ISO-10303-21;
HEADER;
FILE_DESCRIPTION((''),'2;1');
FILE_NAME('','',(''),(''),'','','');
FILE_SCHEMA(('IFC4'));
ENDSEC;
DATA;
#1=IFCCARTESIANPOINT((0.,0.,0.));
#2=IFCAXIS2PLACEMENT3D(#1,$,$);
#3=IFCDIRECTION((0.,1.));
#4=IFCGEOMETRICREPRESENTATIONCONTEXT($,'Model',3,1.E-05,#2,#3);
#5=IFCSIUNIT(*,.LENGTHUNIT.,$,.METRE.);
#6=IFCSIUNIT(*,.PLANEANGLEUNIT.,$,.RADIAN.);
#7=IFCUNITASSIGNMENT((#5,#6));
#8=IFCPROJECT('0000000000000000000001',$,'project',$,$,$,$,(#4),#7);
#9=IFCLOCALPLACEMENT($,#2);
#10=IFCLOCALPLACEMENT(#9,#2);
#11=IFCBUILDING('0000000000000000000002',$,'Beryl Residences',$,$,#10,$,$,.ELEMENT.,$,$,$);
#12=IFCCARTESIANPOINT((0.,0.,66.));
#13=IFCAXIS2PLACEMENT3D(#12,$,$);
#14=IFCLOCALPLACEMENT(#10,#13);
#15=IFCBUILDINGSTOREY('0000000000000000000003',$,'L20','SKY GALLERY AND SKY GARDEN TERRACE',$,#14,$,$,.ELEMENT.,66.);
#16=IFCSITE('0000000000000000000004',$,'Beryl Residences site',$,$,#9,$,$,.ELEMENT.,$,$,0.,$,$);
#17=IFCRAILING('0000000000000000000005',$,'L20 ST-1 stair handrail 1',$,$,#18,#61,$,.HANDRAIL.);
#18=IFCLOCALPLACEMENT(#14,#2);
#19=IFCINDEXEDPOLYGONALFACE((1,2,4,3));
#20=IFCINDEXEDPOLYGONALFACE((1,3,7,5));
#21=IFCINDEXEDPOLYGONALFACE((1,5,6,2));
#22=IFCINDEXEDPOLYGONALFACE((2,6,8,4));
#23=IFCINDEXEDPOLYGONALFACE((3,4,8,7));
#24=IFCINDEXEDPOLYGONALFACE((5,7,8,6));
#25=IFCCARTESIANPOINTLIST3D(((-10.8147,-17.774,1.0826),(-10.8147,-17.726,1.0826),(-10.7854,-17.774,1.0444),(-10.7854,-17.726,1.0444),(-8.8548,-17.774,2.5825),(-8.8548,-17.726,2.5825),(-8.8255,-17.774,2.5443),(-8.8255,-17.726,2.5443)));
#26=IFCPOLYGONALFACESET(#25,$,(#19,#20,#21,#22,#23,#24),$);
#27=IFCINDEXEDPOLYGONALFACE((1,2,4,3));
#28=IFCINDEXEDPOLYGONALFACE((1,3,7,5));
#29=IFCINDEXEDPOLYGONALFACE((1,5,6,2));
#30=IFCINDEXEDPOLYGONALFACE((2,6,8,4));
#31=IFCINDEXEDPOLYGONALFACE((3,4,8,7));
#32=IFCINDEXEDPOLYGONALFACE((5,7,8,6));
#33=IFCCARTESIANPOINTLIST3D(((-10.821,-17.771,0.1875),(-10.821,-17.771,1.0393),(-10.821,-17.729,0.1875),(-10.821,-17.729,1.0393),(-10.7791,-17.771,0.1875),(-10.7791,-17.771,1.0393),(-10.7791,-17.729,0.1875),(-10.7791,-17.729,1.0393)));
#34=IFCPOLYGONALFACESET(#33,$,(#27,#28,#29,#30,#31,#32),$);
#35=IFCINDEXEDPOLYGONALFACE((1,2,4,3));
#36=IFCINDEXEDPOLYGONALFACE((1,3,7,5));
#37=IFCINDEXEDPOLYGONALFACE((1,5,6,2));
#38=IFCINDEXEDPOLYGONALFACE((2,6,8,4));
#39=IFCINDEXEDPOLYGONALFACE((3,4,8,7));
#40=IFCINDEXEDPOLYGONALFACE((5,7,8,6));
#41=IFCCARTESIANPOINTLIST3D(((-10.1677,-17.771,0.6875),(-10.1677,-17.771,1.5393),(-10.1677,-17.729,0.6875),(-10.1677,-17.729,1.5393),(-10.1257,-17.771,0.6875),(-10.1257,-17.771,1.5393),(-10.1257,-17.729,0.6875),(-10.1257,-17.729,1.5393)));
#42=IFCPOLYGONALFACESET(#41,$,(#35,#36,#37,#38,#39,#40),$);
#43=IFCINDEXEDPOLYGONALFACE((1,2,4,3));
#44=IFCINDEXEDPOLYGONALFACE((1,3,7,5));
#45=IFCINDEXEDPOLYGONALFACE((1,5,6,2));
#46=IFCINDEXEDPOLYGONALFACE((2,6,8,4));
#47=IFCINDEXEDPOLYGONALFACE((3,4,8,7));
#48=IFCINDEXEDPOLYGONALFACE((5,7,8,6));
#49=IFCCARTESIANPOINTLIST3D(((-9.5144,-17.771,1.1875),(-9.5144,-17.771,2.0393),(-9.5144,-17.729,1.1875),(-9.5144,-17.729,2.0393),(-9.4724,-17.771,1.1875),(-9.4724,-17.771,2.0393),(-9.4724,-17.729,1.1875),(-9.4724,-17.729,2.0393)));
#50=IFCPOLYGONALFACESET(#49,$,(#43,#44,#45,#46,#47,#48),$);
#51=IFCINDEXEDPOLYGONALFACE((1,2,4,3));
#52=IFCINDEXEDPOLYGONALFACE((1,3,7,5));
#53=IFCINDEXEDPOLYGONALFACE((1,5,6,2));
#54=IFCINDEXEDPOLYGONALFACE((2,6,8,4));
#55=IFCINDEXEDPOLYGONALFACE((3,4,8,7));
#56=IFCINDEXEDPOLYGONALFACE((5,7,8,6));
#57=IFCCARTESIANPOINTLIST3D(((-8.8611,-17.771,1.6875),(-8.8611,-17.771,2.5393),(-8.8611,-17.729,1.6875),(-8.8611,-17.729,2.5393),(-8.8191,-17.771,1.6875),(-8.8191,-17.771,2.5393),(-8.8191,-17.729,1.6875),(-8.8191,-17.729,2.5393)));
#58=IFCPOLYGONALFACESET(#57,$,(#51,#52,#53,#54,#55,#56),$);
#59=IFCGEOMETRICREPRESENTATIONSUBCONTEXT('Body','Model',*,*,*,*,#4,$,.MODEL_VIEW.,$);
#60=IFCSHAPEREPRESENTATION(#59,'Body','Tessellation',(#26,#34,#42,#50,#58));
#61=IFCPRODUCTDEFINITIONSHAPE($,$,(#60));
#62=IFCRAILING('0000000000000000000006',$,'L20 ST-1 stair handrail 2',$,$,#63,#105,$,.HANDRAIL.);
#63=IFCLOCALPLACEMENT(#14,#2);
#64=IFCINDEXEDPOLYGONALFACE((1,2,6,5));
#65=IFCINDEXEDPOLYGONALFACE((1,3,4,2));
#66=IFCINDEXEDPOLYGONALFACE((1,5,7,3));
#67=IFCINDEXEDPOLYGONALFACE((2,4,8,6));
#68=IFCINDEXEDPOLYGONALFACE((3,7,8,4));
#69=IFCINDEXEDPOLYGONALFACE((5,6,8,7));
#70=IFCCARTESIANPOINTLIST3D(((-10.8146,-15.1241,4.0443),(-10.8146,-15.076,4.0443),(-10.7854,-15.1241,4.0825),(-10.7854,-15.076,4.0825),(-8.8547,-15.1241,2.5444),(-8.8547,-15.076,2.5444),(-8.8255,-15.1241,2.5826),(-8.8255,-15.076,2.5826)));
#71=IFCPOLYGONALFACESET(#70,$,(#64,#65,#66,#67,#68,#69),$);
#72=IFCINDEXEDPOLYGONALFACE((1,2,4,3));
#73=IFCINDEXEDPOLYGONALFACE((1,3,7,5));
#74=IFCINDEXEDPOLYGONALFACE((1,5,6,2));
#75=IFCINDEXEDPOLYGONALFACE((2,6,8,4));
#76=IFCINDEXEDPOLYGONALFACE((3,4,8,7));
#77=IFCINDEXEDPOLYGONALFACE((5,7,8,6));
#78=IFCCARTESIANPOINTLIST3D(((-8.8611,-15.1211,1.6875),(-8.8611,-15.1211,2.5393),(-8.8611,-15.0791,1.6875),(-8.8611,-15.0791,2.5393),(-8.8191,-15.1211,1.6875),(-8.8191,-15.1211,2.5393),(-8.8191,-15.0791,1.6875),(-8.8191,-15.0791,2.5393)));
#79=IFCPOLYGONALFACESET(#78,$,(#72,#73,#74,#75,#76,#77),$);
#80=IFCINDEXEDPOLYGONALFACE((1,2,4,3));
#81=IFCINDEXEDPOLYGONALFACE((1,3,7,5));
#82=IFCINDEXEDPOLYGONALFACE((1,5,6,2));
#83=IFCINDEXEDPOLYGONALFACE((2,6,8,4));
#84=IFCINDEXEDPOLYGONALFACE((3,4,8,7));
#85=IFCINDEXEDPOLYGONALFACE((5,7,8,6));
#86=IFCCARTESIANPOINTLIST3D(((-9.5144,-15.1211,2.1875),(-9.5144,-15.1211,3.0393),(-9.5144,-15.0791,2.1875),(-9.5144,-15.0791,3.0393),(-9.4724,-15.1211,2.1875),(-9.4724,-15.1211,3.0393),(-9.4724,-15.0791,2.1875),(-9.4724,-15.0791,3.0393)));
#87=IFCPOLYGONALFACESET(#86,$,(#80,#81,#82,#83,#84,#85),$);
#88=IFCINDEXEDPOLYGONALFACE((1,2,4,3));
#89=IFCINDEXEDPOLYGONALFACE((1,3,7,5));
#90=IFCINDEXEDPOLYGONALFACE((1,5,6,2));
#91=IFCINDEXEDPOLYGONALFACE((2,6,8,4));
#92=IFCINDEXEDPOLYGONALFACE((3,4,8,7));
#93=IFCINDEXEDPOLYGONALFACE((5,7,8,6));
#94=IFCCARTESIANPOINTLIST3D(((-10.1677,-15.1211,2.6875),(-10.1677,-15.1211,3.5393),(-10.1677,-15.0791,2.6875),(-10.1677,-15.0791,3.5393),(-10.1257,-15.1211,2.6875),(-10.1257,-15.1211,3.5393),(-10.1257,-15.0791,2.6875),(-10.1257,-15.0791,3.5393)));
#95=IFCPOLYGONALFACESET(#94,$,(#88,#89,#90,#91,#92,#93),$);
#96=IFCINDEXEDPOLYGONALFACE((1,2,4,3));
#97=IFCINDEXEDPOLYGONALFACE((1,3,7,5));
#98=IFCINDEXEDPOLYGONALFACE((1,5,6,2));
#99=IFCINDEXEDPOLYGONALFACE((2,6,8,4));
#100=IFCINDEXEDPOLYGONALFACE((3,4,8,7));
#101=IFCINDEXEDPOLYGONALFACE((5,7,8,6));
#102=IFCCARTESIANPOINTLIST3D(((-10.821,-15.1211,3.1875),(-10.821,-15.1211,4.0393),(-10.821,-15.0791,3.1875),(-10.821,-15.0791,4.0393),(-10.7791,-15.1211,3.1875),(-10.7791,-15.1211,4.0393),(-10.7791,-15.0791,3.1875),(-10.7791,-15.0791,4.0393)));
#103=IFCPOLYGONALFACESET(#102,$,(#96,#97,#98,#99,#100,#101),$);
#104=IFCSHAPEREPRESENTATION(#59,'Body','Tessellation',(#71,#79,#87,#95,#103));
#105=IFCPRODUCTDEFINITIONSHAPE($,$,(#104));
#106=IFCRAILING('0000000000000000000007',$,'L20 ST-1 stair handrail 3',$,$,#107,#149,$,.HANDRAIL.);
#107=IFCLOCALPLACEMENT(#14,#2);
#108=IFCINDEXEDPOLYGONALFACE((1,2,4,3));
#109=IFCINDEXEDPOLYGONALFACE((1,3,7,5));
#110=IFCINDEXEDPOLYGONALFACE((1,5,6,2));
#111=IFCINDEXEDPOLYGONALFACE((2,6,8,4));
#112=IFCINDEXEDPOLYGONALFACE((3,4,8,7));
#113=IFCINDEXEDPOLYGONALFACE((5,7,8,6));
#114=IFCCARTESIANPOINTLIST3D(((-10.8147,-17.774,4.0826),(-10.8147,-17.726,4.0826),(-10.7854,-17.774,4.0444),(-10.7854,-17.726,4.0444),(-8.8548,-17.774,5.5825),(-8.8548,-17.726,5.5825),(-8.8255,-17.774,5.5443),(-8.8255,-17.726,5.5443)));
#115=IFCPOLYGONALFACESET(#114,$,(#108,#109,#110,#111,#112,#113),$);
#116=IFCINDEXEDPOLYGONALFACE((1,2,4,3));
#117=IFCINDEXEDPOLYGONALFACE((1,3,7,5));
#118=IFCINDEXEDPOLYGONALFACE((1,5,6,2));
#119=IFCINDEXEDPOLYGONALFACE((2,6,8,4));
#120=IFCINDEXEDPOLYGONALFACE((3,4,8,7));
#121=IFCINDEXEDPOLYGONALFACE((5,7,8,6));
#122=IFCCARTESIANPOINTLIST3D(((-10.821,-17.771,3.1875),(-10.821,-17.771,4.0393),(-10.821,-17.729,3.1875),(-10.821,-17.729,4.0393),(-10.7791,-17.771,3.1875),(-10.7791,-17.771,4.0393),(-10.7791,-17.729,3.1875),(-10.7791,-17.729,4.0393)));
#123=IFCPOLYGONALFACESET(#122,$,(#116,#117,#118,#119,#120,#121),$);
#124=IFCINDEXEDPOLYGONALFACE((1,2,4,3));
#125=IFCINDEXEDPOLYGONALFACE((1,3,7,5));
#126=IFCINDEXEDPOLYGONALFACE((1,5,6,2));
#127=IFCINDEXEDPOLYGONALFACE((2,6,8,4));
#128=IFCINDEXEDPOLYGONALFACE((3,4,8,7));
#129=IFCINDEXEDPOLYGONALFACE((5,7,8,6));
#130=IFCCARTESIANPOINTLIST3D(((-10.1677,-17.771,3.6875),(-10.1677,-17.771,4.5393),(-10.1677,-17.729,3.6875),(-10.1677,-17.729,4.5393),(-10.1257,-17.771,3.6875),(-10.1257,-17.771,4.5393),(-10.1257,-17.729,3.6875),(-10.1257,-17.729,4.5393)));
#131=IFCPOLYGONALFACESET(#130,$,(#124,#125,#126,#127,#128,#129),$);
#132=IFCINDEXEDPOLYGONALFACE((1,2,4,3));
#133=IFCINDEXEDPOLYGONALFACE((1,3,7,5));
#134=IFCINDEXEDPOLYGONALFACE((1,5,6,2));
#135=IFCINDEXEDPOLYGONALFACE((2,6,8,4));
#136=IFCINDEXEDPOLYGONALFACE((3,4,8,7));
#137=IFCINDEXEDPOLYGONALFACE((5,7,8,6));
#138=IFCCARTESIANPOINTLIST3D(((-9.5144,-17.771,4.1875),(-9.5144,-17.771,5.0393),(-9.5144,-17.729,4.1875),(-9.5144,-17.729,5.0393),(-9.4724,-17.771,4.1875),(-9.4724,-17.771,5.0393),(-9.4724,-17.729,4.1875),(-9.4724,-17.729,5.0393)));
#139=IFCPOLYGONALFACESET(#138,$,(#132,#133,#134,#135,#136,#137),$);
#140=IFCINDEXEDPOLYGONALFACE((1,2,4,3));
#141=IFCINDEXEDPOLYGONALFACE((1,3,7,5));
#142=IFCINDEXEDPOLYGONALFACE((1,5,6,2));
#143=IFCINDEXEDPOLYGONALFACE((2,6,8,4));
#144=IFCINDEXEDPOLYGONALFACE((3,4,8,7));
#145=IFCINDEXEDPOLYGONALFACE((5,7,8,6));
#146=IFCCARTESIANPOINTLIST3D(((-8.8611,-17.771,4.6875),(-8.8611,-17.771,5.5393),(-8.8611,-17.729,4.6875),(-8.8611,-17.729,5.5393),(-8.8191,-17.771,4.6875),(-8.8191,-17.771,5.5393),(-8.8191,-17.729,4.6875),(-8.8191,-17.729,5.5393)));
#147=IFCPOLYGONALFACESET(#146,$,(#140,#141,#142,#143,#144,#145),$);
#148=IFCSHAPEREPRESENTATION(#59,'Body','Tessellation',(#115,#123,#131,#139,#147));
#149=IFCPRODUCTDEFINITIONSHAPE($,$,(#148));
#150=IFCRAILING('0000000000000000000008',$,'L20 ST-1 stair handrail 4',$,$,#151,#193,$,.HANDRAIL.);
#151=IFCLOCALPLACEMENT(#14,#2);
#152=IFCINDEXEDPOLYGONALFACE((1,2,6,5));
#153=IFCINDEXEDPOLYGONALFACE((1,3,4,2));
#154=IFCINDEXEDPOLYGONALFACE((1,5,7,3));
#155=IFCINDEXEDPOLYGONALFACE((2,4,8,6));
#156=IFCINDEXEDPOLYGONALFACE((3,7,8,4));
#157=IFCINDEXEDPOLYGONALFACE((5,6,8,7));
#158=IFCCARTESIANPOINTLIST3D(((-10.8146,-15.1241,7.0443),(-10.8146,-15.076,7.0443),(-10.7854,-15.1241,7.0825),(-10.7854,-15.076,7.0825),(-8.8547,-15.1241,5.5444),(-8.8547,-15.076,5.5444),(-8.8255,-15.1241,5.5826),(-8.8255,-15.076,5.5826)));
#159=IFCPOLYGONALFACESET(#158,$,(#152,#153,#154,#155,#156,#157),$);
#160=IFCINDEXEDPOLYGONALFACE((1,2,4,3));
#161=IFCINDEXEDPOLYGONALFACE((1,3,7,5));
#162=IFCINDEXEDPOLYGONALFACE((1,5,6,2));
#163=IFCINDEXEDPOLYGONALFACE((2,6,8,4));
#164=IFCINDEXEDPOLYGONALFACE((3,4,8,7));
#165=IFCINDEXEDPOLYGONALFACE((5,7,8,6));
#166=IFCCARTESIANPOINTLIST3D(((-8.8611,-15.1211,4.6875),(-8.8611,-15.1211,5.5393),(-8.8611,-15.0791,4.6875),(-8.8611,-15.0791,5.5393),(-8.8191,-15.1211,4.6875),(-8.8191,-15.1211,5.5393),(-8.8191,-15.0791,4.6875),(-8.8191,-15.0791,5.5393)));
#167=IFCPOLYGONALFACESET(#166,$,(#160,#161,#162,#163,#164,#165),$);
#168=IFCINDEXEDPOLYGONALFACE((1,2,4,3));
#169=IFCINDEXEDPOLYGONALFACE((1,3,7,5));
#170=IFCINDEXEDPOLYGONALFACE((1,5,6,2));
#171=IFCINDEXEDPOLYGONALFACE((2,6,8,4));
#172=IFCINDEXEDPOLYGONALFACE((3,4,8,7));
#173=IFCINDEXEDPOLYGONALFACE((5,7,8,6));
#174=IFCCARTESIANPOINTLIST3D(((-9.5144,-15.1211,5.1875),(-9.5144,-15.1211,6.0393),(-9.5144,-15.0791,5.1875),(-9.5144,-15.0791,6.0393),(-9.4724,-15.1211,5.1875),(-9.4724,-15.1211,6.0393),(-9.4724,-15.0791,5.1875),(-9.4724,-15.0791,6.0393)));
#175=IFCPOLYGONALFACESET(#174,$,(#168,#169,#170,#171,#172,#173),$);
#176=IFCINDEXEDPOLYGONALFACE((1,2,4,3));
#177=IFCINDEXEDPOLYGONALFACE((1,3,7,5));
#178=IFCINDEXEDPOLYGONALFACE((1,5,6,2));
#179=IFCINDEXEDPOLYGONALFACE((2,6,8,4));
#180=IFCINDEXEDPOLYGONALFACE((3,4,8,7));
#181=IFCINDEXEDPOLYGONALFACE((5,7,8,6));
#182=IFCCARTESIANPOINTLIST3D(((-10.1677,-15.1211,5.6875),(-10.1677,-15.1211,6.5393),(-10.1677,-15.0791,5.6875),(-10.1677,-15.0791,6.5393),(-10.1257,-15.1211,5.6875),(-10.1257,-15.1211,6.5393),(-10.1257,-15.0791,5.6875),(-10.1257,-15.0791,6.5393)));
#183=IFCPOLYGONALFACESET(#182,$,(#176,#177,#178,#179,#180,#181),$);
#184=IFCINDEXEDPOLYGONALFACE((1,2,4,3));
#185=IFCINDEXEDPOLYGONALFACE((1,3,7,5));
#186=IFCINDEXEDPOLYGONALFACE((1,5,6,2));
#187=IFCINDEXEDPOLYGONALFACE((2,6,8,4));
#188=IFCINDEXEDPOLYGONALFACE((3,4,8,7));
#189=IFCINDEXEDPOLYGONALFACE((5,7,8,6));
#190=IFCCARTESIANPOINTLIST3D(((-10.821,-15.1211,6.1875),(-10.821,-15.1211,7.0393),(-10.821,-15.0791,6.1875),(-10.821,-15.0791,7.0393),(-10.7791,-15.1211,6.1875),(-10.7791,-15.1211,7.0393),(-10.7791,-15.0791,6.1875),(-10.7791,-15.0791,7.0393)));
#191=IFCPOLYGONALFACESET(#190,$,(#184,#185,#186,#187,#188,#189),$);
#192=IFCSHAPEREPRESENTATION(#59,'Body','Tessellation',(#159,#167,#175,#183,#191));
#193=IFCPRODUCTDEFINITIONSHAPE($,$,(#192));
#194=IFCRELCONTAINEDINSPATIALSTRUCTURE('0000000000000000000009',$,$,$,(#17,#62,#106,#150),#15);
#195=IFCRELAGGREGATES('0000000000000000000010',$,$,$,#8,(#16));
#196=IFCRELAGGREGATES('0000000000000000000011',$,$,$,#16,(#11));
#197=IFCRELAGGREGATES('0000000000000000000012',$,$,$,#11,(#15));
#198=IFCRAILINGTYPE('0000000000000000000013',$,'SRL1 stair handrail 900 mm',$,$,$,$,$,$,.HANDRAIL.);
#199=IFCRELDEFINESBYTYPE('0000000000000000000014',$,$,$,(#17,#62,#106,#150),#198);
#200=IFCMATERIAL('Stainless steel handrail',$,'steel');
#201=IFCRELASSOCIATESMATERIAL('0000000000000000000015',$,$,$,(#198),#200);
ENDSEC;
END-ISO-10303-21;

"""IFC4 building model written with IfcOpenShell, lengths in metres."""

from ifc_helpers import new_model, si_unit, direction, frame, origin, origin_2d, place, context, subcontext, project, spatial, rectangle, extrude, material, type_object, element, save


model = new_model("IFC4")

# Units and contexts
model_context = context("Model", 3, precision=1e-05, world=origin(), true_north=direction((0.0, 1.0)))
body_context = subcontext(model_context, "Body", "Model", "MODEL_VIEW")
ifc_project = project(units=[si_unit("LENGTHUNIT", "METRE"), si_unit("PLANEANGLEUNIT", "RADIAN")], contexts=[model_context])

# Site, building, storey
site_placement = place(None, origin())
site = spatial("IfcSite", under=ifc_project, at=site_placement, Name="Beryl Residences site", CompositionType="ELEMENT", RefElevation=0.0)
building_placement = place(site_placement, origin())
building = spatial("IfcBuilding", under=site, at=building_placement, Name="Beryl Residences", CompositionType="ELEMENT")
storey_placement = place(building_placement, frame((0.0, 0.0, 66.0)))
storey = spatial("IfcBuildingStorey", under=building, at=storey_placement, Name="L20", Description="SKY GALLERY AND SKY GARDEN TERRACE", CompositionType="ELEMENT", Elevation=66.0)

# Railings
ifc_material_1 = material(Name="Stainless steel handrail", Category="steel")
railing_type_1 = type_object("IfcRailingType", Name="SRL1 stair handrail 900 mm", PredefinedType="HANDRAIL", material=ifc_material_1)
railing_1_placement = place(storey_placement, frame((-10.8, -17.75, 0.1875)))
element("IfcRailing", 1, at=railing_1_placement, inside=storey, type_object=railing_type_1, Name="L20 ST-1 stair handrail 1", PredefinedType="HANDRAIL", context=body_context, shape_type="SweptSolid", body=[
    extrude(rectangle(XDim=0.0481, YDim=0.0481, at=origin_2d()), frame((0.0, 0.0, 0.876), z_axis=(0.794122, 0.0, 0.607758), x_axis=(0.0, 1.0, 0.0)), (0.0, 0.0, 1.0), 2.468),
    extrude(rectangle(XDim=0.042, YDim=0.042, at=origin_2d()), origin(), (0.0, 0.0, 1.0), 0.8518),
    extrude(rectangle(XDim=0.042, YDim=0.042, at=origin_2d()), frame((0.6533, 0.0, 0.5)), (0.0, 0.0, 1.0), 0.8518),
    extrude(rectangle(XDim=0.042, YDim=0.042, at=origin_2d()), frame((1.3066, 0.0, 1.0)), (0.0, 0.0, 1.0), 0.8518),
    extrude(rectangle(XDim=0.042, YDim=0.042, at=origin_2d()), frame((1.96, 0.0, 1.5)), (0.0, 0.0, 1.0), 0.8518),
])
railing_2_placement = place(storey_placement, frame((-8.8401, -15.1001, 1.6875)))
element("IfcRailing", 2, at=railing_2_placement, inside=storey, type_object=railing_type_1, Name="L20 ST-1 stair handrail 2", PredefinedType="HANDRAIL", context=body_context, shape_type="SweptSolid", body=[
    extrude(rectangle(XDim=0.0481, YDim=0.0481, at=origin_2d()), frame((0.0, 0.0, 0.876), z_axis=(-0.794122, 0.0, 0.607758), x_axis=(0.0, -1.0, 0.0)), (0.0, 0.0, 1.0), 2.468),
    extrude(rectangle(XDim=0.042, YDim=0.042, at=origin_2d()), origin(), (0.0, 0.0, 1.0), 0.8518),
    extrude(rectangle(XDim=0.042, YDim=0.042, at=origin_2d()), frame((-0.6533, 0.0, 0.5)), (0.0, 0.0, 1.0), 0.8518),
    extrude(rectangle(XDim=0.042, YDim=0.042, at=origin_2d()), frame((-1.3066, 0.0, 1.0)), (0.0, 0.0, 1.0), 0.8518),
    extrude(rectangle(XDim=0.042, YDim=0.042, at=origin_2d()), frame((-1.96, 0.0, 1.5)), (0.0, 0.0, 1.0), 0.8518),
])
railing_3_placement = place(storey_placement, frame((-10.8, -17.75, 3.1875)))
element("IfcRailing", 3, at=railing_3_placement, inside=storey, type_object=railing_type_1, Name="L20 ST-1 stair handrail 3", PredefinedType="HANDRAIL", context=body_context, shape_type="SweptSolid", body=[
    extrude(rectangle(XDim=0.0481, YDim=0.0481, at=origin_2d()), frame((0.0, 0.0, 0.876), z_axis=(0.794122, 0.0, 0.607758), x_axis=(0.0, 1.0, 0.0)), (0.0, 0.0, 1.0), 2.468),
    extrude(rectangle(XDim=0.042, YDim=0.042, at=origin_2d()), origin(), (0.0, 0.0, 1.0), 0.8518),
    extrude(rectangle(XDim=0.042, YDim=0.042, at=origin_2d()), frame((0.6533, 0.0, 0.5)), (0.0, 0.0, 1.0), 0.8518),
    extrude(rectangle(XDim=0.042, YDim=0.042, at=origin_2d()), frame((1.3066, 0.0, 1.0)), (0.0, 0.0, 1.0), 0.8518),
    extrude(rectangle(XDim=0.042, YDim=0.042, at=origin_2d()), frame((1.96, 0.0, 1.5)), (0.0, 0.0, 1.0), 0.8518),
])
railing_4_placement = place(storey_placement, frame((-8.8401, -15.1001, 4.6875)))
element("IfcRailing", 4, at=railing_4_placement, inside=storey, type_object=railing_type_1, Name="L20 ST-1 stair handrail 4", PredefinedType="HANDRAIL", context=body_context, shape_type="SweptSolid", body=[
    extrude(rectangle(XDim=0.0481, YDim=0.0481, at=origin_2d()), frame((0.0, 0.0, 0.876), z_axis=(-0.794122, 0.0, 0.607758), x_axis=(0.0, -1.0, 0.0)), (0.0, 0.0, 1.0), 2.468),
    extrude(rectangle(XDim=0.042, YDim=0.042, at=origin_2d()), origin(), (0.0, 0.0, 1.0), 0.8518),
    extrude(rectangle(XDim=0.042, YDim=0.042, at=origin_2d()), frame((-0.6533, 0.0, 0.5)), (0.0, 0.0, 1.0), 0.8518),
    extrude(rectangle(XDim=0.042, YDim=0.042, at=origin_2d()), frame((-1.3066, 0.0, 1.0)), (0.0, 0.0, 1.0), 0.8518),
    extrude(rectangle(XDim=0.042, YDim=0.042, at=origin_2d()), frame((-1.96, 0.0, 1.5)), (0.0, 0.0, 1.0), 0.8518),
])

save(model, "model.ifc")
